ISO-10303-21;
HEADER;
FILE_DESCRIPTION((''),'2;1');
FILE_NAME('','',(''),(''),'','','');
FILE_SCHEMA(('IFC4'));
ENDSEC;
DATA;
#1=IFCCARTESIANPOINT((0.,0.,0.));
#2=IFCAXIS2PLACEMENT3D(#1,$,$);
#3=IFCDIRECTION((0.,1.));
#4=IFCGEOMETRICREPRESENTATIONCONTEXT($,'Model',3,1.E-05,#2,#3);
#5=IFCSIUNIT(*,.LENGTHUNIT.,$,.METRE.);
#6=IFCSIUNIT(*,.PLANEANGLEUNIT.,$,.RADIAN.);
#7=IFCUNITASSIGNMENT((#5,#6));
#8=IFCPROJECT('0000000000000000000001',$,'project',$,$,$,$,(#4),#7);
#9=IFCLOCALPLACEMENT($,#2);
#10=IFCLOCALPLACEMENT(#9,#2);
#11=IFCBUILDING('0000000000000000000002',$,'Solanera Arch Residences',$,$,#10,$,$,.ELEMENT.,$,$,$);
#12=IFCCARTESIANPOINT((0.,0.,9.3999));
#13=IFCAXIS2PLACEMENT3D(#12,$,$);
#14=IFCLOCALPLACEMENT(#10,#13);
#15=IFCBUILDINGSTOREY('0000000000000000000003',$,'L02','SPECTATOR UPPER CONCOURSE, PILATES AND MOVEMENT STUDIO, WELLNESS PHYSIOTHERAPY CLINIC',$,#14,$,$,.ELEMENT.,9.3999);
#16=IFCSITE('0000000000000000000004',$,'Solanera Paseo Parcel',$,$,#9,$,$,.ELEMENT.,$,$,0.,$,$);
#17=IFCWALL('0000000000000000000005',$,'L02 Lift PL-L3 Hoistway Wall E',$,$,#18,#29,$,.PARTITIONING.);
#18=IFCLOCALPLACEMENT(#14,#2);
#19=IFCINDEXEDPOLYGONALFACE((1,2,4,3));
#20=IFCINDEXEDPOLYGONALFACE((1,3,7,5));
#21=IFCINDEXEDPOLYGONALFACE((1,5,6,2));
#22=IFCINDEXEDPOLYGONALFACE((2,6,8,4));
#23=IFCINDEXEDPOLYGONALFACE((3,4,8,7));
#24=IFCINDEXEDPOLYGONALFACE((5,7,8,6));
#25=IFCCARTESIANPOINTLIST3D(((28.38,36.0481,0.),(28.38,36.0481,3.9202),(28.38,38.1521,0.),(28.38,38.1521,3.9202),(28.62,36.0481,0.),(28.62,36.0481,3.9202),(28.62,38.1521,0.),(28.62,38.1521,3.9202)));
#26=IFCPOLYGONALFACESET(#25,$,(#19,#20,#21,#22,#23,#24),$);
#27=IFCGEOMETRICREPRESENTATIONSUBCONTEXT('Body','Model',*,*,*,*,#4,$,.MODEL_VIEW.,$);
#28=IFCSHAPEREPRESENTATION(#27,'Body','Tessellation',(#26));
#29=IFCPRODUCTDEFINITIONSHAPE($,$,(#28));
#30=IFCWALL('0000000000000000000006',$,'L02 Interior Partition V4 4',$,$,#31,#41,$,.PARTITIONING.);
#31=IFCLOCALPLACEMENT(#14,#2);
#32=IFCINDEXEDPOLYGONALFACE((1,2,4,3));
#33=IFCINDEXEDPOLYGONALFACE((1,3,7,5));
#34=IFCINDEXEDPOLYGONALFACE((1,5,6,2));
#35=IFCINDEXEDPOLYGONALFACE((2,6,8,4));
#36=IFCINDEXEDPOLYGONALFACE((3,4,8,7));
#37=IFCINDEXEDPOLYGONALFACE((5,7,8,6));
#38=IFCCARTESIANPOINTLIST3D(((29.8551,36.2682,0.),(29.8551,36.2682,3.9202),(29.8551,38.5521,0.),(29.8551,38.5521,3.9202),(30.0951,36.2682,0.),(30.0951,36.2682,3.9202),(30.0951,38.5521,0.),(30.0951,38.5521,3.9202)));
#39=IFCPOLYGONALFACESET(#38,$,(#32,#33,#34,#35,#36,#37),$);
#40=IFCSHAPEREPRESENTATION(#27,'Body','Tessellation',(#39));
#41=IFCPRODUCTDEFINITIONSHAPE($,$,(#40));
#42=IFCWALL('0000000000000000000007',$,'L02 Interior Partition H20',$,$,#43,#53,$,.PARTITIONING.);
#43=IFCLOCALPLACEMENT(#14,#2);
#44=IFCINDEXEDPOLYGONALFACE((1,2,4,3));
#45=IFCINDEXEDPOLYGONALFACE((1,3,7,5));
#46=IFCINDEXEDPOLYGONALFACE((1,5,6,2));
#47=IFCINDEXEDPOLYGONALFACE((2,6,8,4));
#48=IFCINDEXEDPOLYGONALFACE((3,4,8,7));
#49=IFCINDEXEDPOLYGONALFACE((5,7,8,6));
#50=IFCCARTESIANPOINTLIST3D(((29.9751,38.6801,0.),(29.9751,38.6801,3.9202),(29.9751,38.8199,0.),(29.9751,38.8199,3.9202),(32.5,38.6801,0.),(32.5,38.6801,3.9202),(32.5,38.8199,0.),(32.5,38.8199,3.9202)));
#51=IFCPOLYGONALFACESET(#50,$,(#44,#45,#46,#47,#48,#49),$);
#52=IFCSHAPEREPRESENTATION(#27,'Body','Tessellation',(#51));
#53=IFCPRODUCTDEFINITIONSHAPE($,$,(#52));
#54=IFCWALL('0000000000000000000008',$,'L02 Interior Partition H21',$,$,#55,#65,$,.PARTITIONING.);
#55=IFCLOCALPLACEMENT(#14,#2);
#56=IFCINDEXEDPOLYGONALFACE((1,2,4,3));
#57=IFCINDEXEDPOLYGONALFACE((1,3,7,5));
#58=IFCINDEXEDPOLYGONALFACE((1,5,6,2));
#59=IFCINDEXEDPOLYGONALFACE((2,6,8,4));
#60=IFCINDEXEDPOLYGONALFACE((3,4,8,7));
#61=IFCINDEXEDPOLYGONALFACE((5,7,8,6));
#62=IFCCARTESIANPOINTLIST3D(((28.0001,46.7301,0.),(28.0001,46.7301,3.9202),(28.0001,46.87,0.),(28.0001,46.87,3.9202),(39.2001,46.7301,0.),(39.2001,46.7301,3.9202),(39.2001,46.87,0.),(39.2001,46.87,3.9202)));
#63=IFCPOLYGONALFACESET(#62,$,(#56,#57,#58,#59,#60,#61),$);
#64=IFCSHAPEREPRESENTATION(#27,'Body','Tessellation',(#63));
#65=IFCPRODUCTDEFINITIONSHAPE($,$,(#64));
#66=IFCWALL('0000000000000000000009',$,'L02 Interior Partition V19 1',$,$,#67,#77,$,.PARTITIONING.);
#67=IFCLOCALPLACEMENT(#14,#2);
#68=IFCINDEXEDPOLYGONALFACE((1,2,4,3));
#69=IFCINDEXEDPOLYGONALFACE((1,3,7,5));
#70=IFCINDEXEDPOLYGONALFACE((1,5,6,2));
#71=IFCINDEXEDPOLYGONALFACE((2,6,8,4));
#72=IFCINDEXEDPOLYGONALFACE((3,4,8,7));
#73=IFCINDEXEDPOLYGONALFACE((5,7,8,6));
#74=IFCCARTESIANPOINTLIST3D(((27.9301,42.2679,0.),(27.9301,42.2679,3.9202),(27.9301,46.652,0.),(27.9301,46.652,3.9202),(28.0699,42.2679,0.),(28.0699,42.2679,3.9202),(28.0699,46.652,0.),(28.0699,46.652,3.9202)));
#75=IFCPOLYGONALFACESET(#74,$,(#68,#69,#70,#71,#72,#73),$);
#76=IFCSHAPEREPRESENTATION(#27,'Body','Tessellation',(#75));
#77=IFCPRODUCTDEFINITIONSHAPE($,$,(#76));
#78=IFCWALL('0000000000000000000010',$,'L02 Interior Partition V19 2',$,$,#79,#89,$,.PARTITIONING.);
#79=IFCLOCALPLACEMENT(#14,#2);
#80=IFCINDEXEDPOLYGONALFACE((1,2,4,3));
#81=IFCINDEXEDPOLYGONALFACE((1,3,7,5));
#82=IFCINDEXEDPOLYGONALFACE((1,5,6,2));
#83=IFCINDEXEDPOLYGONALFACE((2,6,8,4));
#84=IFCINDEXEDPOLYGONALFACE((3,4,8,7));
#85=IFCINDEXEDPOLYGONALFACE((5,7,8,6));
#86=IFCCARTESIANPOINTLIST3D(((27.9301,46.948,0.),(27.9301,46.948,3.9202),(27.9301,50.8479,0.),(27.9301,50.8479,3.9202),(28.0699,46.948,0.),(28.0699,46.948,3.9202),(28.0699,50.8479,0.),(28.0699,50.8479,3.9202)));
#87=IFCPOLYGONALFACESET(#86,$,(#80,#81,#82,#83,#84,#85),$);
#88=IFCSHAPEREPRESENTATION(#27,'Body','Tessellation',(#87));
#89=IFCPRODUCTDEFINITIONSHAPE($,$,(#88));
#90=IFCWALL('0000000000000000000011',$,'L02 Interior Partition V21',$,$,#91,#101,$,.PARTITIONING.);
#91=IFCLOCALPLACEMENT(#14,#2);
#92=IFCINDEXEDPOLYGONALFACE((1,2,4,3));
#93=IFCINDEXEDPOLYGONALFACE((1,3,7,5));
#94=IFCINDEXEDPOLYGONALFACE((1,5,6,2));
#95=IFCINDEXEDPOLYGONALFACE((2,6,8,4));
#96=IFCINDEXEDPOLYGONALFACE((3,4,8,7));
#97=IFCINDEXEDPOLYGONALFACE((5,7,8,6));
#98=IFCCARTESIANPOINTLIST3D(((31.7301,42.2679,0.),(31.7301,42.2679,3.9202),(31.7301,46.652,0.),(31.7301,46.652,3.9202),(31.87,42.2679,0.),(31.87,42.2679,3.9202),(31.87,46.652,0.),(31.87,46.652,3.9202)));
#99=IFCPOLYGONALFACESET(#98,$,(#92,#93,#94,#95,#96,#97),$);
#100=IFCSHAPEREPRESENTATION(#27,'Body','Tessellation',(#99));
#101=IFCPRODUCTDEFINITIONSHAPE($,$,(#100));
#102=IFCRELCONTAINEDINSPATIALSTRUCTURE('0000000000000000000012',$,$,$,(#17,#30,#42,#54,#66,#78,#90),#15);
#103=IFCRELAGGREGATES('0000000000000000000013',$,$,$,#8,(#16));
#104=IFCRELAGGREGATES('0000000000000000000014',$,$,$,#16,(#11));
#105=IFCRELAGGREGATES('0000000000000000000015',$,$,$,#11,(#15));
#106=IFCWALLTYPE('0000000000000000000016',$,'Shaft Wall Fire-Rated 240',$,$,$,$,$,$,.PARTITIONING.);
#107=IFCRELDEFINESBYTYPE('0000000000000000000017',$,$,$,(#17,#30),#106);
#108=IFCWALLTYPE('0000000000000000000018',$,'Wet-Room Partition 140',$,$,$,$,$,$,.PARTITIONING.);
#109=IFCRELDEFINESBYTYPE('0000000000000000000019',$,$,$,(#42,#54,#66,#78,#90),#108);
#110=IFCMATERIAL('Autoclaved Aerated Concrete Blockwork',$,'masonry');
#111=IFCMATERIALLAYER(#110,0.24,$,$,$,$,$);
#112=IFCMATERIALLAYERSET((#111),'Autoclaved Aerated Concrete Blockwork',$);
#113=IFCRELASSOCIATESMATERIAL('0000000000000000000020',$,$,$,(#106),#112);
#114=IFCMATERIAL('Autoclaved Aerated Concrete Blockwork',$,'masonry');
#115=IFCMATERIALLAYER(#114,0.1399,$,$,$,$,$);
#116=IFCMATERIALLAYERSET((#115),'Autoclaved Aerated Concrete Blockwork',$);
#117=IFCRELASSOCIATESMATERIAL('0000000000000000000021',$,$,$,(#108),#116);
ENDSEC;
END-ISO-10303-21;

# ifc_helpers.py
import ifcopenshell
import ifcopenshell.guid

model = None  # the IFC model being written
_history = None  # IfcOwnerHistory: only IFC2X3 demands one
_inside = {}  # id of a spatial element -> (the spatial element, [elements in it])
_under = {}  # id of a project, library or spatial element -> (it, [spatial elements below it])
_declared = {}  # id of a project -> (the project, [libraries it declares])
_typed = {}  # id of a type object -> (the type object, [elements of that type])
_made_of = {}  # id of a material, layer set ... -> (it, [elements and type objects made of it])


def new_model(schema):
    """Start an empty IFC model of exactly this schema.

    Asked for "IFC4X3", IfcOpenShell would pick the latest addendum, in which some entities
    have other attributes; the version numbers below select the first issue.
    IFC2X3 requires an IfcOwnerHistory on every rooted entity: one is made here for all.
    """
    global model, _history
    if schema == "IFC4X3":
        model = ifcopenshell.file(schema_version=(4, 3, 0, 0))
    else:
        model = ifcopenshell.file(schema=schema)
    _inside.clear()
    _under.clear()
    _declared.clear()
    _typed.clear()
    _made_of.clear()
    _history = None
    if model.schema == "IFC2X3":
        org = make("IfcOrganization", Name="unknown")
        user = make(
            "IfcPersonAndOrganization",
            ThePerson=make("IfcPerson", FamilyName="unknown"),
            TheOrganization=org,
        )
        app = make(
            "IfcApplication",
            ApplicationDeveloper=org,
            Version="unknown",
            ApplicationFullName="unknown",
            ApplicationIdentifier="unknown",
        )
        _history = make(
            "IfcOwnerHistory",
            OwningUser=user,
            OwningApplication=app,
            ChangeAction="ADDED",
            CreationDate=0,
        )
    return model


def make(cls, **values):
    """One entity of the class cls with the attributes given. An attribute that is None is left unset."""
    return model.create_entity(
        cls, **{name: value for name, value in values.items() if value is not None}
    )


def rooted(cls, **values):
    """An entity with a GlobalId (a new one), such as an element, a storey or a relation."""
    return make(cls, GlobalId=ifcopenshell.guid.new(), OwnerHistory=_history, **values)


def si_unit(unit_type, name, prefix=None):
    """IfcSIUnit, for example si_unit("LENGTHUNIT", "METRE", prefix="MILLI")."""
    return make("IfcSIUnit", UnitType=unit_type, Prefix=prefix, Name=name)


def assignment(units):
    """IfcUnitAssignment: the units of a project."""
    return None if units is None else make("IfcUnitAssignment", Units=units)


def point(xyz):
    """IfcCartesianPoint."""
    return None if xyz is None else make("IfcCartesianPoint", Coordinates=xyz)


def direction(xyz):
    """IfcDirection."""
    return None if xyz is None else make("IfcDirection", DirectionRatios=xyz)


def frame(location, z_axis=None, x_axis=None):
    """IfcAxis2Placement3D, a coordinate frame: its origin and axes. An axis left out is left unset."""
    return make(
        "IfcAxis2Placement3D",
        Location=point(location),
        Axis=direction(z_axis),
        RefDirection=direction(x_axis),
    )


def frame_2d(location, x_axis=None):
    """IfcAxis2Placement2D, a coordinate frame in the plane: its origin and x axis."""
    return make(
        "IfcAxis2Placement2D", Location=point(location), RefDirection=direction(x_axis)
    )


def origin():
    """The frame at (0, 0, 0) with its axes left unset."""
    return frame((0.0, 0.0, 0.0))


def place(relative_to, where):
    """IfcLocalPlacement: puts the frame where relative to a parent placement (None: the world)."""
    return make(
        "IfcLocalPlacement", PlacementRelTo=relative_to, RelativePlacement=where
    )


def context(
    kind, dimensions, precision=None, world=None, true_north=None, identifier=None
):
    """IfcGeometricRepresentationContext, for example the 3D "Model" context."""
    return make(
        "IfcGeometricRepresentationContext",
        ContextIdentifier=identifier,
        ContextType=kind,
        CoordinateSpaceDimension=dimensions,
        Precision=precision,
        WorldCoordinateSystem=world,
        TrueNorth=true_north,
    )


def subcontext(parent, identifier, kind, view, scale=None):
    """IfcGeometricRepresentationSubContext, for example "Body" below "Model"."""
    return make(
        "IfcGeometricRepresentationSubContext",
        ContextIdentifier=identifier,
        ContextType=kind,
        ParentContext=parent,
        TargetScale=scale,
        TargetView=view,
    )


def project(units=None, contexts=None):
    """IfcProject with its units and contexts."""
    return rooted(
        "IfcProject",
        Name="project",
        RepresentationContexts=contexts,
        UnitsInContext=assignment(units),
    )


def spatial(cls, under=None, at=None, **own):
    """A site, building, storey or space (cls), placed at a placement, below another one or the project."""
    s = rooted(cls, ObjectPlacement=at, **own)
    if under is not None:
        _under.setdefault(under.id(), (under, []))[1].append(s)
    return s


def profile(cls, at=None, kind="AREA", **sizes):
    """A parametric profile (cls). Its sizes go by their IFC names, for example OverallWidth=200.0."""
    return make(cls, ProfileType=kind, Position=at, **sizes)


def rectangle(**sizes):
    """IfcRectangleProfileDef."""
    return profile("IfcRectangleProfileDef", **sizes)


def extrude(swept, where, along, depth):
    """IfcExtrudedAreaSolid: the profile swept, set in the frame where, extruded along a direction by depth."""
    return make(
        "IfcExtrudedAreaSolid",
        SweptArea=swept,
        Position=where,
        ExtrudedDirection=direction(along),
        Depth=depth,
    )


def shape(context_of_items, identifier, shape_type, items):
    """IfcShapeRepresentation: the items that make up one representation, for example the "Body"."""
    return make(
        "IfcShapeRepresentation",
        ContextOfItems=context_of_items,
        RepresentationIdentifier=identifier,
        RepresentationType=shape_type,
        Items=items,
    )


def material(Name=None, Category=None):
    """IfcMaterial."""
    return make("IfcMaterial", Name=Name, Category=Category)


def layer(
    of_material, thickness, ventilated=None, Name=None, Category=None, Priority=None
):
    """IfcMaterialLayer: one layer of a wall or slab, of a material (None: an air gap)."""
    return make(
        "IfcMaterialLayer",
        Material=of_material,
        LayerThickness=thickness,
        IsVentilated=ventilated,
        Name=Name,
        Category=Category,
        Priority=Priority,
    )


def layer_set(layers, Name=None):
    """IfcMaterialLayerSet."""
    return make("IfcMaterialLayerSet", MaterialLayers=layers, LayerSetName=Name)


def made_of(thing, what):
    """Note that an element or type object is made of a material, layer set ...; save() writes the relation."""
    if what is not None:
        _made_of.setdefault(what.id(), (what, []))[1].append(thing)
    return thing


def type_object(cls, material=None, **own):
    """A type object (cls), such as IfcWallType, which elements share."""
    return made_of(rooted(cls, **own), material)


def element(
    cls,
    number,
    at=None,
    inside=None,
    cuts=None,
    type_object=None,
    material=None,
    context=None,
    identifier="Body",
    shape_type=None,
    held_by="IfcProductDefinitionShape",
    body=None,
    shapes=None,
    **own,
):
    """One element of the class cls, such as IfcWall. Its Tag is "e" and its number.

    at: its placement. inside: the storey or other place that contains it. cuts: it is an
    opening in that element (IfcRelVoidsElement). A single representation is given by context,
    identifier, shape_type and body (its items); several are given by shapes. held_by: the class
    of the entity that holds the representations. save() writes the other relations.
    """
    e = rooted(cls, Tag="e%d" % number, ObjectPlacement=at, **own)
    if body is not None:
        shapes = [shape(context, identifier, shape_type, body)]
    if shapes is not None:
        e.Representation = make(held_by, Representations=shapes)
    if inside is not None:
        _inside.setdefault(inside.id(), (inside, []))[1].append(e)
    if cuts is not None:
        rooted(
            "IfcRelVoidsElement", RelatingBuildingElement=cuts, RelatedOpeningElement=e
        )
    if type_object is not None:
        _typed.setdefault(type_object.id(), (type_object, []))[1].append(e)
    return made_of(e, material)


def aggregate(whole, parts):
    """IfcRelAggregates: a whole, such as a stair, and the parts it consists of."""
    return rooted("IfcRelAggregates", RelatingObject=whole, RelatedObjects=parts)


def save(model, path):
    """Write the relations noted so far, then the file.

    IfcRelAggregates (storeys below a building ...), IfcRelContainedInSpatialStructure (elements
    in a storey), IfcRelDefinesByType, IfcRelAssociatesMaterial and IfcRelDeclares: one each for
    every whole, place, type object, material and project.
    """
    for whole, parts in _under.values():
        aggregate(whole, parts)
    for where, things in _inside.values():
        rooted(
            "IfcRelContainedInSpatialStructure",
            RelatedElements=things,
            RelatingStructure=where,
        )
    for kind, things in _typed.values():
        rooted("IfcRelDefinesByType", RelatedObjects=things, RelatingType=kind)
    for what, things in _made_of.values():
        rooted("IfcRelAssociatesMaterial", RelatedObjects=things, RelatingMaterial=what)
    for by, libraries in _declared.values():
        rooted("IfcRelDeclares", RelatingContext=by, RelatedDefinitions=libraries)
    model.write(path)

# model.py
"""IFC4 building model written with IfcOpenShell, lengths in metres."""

from ifc_helpers import new_model, si_unit, direction, frame, frame_2d, origin, place, context, subcontext, project, spatial, rectangle, extrude, material, layer, layer_set, type_object, element, save


model = new_model("IFC4")

# Units and contexts
model_context = context("Model", 3, precision=1e-05, world=origin(), true_north=direction((0.0, 1.0)))
body_context = subcontext(model_context, "Body", "Model", "MODEL_VIEW")
ifc_project = project(units=[si_unit("LENGTHUNIT", "METRE"), si_unit("PLANEANGLEUNIT", "RADIAN")], contexts=[model_context])

# Site, building, storey
site_placement = place(None, origin())
site = spatial("IfcSite", under=ifc_project, at=site_placement, Name="Solanera Paseo Parcel", CompositionType="ELEMENT", RefElevation=0.0)
building_placement = place(site_placement, origin())
building = spatial("IfcBuilding", under=site, at=building_placement, Name="Solanera Arch Residences", CompositionType="ELEMENT")
storey_placement = place(building_placement, frame((0.0, 0.0, 9.3999)))
storey = spatial("IfcBuildingStorey", under=building, at=storey_placement, Name="L02", Description="SPECTATOR UPPER CONCOURSE, PILATES AND MOVEMENT STUDIO, WELLNESS PHYSIOTHERAPY CLINIC", CompositionType="ELEMENT", Elevation=9.3999)

# Walls
ifc_material_1 = material(Name="Autoclaved Aerated Concrete Blockwork", Category="masonry")
ifc_layer_1 = layer(ifc_material_1, 0.24)
ifc_layer_set_1 = layer_set([ifc_layer_1], Name="Autoclaved Aerated Concrete Blockwork")
wall_type_1 = type_object("IfcWallType", Name="Shaft Wall Fire-Rated 240", PredefinedType="PARTITIONING", material=ifc_layer_set_1)
for number, where, z_axis, x_axis, name in (
    (1, (28.5, 36.0481, 0.0), (0.0, 0.0, 1.0), (0.0, 1.0, 0.0), "L02 Lift PL-L3 Hoistway Wall E"),
):
    element("IfcWall", number, at=place(storey_placement, frame(where, z_axis=z_axis, x_axis=x_axis)), inside=storey, type_object=wall_type_1, Name=name, PredefinedType="PARTITIONING", context=body_context, shape_type="SweptSolid", body=[
        extrude(rectangle(XDim=2.104, YDim=0.24, at=frame_2d((1.052, 0.0))), origin(), (0.0, 0.0, 1.0), 3.9202),
    ])
wall_1_placement = place(storey_placement, frame((29.9751, 36.2681, 0.0), z_axis=(0.0, 0.0, 1.0), x_axis=(0.0, 1.0, 0.0)))
element("IfcWall", 2, at=wall_1_placement, inside=storey, type_object=wall_type_1, Name="L02 Interior Partition V4 4", PredefinedType="PARTITIONING", context=body_context, shape_type="SweptSolid", body=[
    extrude(rectangle(XDim=2.2839, YDim=0.24, at=frame_2d((1.1421, 0.0))), origin(), (0.0, 0.0, 1.0), 3.9202),
])
ifc_material_2 = material(Name="Autoclaved Aerated Concrete Blockwork", Category="masonry")
ifc_layer_2 = layer(ifc_material_2, 0.1399)
ifc_layer_set_2 = layer_set([ifc_layer_2], Name="Autoclaved Aerated Concrete Blockwork")
wall_type_2 = type_object("IfcWallType", Name="Wet-Room Partition 140", PredefinedType="PARTITIONING", material=ifc_layer_set_2)
wall_2_placement = place(storey_placement, frame((29.9751, 38.75, 0.0), z_axis=(0.0, 0.0, 1.0), x_axis=(1.0, 0.0, 0.0)))
element("IfcWall", 3, at=wall_2_placement, inside=storey, type_object=wall_type_2, Name="L02 Interior Partition H20", PredefinedType="PARTITIONING", context=body_context, shape_type="SweptSolid", body=[
    extrude(rectangle(XDim=2.5249, YDim=0.1399, at=frame_2d((1.2625, 0.0))), origin(), (0.0, 0.0, 1.0), 3.9202),
])
wall_3_placement = place(storey_placement, frame((28.0, 46.8, 0.0), z_axis=(0.0, 0.0, 1.0), x_axis=(1.0, 0.0, 0.0)))
element("IfcWall", 4, at=wall_3_placement, inside=storey, type_object=wall_type_2, Name="L02 Interior Partition H21", PredefinedType="PARTITIONING", context=body_context, shape_type="SweptSolid", body=[
    extrude(rectangle(XDim=11.2, YDim=0.1399, at=frame_2d((5.6001, 0.0))), origin(), (0.0, 0.0, 1.0), 3.9202),
])
wall_4_placement = place(storey_placement, frame((28.0, 42.2681, 0.0), z_axis=(0.0, 0.0, 1.0), x_axis=(0.0, 1.0, 0.0)))
element("IfcWall", 5, at=wall_4_placement, inside=storey, type_object=wall_type_2, Name="L02 Interior Partition V19 1", PredefinedType="PARTITIONING", context=body_context, shape_type="SweptSolid", body=[
    extrude(rectangle(XDim=4.384, YDim=0.1399, at=frame_2d((2.1919, 0.0))), origin(), (0.0, 0.0, 1.0), 3.9202),
])
wall_5_placement = place(storey_placement, frame((28.0, 46.948, 0.0), z_axis=(0.0, 0.0, 1.0), x_axis=(0.0, 1.0, 0.0)))
element("IfcWall", 6, at=wall_5_placement, inside=storey, type_object=wall_type_2, Name="L02 Interior Partition V19 2", PredefinedType="PARTITIONING", context=body_context, shape_type="SweptSolid", body=[
    extrude(rectangle(XDim=3.8999, YDim=0.1399, at=frame_2d((1.95, 0.0))), origin(), (0.0, 0.0, 1.0), 3.9202),
])
wall_6_placement = place(storey_placement, frame((31.8, 42.2681, 0.0), z_axis=(0.0, 0.0, 1.0), x_axis=(0.0, 1.0, 0.0)))
element("IfcWall", 7, at=wall_6_placement, inside=storey, type_object=wall_type_2, Name="L02 Interior Partition V21", PredefinedType="PARTITIONING", context=body_context, shape_type="SweptSolid", body=[
    extrude(rectangle(XDim=4.384, YDim=0.1399, at=frame_2d((2.1919, 0.0))), origin(), (0.0, 0.0, 1.0), 3.9202),
])

save(model, "model.ifc")
